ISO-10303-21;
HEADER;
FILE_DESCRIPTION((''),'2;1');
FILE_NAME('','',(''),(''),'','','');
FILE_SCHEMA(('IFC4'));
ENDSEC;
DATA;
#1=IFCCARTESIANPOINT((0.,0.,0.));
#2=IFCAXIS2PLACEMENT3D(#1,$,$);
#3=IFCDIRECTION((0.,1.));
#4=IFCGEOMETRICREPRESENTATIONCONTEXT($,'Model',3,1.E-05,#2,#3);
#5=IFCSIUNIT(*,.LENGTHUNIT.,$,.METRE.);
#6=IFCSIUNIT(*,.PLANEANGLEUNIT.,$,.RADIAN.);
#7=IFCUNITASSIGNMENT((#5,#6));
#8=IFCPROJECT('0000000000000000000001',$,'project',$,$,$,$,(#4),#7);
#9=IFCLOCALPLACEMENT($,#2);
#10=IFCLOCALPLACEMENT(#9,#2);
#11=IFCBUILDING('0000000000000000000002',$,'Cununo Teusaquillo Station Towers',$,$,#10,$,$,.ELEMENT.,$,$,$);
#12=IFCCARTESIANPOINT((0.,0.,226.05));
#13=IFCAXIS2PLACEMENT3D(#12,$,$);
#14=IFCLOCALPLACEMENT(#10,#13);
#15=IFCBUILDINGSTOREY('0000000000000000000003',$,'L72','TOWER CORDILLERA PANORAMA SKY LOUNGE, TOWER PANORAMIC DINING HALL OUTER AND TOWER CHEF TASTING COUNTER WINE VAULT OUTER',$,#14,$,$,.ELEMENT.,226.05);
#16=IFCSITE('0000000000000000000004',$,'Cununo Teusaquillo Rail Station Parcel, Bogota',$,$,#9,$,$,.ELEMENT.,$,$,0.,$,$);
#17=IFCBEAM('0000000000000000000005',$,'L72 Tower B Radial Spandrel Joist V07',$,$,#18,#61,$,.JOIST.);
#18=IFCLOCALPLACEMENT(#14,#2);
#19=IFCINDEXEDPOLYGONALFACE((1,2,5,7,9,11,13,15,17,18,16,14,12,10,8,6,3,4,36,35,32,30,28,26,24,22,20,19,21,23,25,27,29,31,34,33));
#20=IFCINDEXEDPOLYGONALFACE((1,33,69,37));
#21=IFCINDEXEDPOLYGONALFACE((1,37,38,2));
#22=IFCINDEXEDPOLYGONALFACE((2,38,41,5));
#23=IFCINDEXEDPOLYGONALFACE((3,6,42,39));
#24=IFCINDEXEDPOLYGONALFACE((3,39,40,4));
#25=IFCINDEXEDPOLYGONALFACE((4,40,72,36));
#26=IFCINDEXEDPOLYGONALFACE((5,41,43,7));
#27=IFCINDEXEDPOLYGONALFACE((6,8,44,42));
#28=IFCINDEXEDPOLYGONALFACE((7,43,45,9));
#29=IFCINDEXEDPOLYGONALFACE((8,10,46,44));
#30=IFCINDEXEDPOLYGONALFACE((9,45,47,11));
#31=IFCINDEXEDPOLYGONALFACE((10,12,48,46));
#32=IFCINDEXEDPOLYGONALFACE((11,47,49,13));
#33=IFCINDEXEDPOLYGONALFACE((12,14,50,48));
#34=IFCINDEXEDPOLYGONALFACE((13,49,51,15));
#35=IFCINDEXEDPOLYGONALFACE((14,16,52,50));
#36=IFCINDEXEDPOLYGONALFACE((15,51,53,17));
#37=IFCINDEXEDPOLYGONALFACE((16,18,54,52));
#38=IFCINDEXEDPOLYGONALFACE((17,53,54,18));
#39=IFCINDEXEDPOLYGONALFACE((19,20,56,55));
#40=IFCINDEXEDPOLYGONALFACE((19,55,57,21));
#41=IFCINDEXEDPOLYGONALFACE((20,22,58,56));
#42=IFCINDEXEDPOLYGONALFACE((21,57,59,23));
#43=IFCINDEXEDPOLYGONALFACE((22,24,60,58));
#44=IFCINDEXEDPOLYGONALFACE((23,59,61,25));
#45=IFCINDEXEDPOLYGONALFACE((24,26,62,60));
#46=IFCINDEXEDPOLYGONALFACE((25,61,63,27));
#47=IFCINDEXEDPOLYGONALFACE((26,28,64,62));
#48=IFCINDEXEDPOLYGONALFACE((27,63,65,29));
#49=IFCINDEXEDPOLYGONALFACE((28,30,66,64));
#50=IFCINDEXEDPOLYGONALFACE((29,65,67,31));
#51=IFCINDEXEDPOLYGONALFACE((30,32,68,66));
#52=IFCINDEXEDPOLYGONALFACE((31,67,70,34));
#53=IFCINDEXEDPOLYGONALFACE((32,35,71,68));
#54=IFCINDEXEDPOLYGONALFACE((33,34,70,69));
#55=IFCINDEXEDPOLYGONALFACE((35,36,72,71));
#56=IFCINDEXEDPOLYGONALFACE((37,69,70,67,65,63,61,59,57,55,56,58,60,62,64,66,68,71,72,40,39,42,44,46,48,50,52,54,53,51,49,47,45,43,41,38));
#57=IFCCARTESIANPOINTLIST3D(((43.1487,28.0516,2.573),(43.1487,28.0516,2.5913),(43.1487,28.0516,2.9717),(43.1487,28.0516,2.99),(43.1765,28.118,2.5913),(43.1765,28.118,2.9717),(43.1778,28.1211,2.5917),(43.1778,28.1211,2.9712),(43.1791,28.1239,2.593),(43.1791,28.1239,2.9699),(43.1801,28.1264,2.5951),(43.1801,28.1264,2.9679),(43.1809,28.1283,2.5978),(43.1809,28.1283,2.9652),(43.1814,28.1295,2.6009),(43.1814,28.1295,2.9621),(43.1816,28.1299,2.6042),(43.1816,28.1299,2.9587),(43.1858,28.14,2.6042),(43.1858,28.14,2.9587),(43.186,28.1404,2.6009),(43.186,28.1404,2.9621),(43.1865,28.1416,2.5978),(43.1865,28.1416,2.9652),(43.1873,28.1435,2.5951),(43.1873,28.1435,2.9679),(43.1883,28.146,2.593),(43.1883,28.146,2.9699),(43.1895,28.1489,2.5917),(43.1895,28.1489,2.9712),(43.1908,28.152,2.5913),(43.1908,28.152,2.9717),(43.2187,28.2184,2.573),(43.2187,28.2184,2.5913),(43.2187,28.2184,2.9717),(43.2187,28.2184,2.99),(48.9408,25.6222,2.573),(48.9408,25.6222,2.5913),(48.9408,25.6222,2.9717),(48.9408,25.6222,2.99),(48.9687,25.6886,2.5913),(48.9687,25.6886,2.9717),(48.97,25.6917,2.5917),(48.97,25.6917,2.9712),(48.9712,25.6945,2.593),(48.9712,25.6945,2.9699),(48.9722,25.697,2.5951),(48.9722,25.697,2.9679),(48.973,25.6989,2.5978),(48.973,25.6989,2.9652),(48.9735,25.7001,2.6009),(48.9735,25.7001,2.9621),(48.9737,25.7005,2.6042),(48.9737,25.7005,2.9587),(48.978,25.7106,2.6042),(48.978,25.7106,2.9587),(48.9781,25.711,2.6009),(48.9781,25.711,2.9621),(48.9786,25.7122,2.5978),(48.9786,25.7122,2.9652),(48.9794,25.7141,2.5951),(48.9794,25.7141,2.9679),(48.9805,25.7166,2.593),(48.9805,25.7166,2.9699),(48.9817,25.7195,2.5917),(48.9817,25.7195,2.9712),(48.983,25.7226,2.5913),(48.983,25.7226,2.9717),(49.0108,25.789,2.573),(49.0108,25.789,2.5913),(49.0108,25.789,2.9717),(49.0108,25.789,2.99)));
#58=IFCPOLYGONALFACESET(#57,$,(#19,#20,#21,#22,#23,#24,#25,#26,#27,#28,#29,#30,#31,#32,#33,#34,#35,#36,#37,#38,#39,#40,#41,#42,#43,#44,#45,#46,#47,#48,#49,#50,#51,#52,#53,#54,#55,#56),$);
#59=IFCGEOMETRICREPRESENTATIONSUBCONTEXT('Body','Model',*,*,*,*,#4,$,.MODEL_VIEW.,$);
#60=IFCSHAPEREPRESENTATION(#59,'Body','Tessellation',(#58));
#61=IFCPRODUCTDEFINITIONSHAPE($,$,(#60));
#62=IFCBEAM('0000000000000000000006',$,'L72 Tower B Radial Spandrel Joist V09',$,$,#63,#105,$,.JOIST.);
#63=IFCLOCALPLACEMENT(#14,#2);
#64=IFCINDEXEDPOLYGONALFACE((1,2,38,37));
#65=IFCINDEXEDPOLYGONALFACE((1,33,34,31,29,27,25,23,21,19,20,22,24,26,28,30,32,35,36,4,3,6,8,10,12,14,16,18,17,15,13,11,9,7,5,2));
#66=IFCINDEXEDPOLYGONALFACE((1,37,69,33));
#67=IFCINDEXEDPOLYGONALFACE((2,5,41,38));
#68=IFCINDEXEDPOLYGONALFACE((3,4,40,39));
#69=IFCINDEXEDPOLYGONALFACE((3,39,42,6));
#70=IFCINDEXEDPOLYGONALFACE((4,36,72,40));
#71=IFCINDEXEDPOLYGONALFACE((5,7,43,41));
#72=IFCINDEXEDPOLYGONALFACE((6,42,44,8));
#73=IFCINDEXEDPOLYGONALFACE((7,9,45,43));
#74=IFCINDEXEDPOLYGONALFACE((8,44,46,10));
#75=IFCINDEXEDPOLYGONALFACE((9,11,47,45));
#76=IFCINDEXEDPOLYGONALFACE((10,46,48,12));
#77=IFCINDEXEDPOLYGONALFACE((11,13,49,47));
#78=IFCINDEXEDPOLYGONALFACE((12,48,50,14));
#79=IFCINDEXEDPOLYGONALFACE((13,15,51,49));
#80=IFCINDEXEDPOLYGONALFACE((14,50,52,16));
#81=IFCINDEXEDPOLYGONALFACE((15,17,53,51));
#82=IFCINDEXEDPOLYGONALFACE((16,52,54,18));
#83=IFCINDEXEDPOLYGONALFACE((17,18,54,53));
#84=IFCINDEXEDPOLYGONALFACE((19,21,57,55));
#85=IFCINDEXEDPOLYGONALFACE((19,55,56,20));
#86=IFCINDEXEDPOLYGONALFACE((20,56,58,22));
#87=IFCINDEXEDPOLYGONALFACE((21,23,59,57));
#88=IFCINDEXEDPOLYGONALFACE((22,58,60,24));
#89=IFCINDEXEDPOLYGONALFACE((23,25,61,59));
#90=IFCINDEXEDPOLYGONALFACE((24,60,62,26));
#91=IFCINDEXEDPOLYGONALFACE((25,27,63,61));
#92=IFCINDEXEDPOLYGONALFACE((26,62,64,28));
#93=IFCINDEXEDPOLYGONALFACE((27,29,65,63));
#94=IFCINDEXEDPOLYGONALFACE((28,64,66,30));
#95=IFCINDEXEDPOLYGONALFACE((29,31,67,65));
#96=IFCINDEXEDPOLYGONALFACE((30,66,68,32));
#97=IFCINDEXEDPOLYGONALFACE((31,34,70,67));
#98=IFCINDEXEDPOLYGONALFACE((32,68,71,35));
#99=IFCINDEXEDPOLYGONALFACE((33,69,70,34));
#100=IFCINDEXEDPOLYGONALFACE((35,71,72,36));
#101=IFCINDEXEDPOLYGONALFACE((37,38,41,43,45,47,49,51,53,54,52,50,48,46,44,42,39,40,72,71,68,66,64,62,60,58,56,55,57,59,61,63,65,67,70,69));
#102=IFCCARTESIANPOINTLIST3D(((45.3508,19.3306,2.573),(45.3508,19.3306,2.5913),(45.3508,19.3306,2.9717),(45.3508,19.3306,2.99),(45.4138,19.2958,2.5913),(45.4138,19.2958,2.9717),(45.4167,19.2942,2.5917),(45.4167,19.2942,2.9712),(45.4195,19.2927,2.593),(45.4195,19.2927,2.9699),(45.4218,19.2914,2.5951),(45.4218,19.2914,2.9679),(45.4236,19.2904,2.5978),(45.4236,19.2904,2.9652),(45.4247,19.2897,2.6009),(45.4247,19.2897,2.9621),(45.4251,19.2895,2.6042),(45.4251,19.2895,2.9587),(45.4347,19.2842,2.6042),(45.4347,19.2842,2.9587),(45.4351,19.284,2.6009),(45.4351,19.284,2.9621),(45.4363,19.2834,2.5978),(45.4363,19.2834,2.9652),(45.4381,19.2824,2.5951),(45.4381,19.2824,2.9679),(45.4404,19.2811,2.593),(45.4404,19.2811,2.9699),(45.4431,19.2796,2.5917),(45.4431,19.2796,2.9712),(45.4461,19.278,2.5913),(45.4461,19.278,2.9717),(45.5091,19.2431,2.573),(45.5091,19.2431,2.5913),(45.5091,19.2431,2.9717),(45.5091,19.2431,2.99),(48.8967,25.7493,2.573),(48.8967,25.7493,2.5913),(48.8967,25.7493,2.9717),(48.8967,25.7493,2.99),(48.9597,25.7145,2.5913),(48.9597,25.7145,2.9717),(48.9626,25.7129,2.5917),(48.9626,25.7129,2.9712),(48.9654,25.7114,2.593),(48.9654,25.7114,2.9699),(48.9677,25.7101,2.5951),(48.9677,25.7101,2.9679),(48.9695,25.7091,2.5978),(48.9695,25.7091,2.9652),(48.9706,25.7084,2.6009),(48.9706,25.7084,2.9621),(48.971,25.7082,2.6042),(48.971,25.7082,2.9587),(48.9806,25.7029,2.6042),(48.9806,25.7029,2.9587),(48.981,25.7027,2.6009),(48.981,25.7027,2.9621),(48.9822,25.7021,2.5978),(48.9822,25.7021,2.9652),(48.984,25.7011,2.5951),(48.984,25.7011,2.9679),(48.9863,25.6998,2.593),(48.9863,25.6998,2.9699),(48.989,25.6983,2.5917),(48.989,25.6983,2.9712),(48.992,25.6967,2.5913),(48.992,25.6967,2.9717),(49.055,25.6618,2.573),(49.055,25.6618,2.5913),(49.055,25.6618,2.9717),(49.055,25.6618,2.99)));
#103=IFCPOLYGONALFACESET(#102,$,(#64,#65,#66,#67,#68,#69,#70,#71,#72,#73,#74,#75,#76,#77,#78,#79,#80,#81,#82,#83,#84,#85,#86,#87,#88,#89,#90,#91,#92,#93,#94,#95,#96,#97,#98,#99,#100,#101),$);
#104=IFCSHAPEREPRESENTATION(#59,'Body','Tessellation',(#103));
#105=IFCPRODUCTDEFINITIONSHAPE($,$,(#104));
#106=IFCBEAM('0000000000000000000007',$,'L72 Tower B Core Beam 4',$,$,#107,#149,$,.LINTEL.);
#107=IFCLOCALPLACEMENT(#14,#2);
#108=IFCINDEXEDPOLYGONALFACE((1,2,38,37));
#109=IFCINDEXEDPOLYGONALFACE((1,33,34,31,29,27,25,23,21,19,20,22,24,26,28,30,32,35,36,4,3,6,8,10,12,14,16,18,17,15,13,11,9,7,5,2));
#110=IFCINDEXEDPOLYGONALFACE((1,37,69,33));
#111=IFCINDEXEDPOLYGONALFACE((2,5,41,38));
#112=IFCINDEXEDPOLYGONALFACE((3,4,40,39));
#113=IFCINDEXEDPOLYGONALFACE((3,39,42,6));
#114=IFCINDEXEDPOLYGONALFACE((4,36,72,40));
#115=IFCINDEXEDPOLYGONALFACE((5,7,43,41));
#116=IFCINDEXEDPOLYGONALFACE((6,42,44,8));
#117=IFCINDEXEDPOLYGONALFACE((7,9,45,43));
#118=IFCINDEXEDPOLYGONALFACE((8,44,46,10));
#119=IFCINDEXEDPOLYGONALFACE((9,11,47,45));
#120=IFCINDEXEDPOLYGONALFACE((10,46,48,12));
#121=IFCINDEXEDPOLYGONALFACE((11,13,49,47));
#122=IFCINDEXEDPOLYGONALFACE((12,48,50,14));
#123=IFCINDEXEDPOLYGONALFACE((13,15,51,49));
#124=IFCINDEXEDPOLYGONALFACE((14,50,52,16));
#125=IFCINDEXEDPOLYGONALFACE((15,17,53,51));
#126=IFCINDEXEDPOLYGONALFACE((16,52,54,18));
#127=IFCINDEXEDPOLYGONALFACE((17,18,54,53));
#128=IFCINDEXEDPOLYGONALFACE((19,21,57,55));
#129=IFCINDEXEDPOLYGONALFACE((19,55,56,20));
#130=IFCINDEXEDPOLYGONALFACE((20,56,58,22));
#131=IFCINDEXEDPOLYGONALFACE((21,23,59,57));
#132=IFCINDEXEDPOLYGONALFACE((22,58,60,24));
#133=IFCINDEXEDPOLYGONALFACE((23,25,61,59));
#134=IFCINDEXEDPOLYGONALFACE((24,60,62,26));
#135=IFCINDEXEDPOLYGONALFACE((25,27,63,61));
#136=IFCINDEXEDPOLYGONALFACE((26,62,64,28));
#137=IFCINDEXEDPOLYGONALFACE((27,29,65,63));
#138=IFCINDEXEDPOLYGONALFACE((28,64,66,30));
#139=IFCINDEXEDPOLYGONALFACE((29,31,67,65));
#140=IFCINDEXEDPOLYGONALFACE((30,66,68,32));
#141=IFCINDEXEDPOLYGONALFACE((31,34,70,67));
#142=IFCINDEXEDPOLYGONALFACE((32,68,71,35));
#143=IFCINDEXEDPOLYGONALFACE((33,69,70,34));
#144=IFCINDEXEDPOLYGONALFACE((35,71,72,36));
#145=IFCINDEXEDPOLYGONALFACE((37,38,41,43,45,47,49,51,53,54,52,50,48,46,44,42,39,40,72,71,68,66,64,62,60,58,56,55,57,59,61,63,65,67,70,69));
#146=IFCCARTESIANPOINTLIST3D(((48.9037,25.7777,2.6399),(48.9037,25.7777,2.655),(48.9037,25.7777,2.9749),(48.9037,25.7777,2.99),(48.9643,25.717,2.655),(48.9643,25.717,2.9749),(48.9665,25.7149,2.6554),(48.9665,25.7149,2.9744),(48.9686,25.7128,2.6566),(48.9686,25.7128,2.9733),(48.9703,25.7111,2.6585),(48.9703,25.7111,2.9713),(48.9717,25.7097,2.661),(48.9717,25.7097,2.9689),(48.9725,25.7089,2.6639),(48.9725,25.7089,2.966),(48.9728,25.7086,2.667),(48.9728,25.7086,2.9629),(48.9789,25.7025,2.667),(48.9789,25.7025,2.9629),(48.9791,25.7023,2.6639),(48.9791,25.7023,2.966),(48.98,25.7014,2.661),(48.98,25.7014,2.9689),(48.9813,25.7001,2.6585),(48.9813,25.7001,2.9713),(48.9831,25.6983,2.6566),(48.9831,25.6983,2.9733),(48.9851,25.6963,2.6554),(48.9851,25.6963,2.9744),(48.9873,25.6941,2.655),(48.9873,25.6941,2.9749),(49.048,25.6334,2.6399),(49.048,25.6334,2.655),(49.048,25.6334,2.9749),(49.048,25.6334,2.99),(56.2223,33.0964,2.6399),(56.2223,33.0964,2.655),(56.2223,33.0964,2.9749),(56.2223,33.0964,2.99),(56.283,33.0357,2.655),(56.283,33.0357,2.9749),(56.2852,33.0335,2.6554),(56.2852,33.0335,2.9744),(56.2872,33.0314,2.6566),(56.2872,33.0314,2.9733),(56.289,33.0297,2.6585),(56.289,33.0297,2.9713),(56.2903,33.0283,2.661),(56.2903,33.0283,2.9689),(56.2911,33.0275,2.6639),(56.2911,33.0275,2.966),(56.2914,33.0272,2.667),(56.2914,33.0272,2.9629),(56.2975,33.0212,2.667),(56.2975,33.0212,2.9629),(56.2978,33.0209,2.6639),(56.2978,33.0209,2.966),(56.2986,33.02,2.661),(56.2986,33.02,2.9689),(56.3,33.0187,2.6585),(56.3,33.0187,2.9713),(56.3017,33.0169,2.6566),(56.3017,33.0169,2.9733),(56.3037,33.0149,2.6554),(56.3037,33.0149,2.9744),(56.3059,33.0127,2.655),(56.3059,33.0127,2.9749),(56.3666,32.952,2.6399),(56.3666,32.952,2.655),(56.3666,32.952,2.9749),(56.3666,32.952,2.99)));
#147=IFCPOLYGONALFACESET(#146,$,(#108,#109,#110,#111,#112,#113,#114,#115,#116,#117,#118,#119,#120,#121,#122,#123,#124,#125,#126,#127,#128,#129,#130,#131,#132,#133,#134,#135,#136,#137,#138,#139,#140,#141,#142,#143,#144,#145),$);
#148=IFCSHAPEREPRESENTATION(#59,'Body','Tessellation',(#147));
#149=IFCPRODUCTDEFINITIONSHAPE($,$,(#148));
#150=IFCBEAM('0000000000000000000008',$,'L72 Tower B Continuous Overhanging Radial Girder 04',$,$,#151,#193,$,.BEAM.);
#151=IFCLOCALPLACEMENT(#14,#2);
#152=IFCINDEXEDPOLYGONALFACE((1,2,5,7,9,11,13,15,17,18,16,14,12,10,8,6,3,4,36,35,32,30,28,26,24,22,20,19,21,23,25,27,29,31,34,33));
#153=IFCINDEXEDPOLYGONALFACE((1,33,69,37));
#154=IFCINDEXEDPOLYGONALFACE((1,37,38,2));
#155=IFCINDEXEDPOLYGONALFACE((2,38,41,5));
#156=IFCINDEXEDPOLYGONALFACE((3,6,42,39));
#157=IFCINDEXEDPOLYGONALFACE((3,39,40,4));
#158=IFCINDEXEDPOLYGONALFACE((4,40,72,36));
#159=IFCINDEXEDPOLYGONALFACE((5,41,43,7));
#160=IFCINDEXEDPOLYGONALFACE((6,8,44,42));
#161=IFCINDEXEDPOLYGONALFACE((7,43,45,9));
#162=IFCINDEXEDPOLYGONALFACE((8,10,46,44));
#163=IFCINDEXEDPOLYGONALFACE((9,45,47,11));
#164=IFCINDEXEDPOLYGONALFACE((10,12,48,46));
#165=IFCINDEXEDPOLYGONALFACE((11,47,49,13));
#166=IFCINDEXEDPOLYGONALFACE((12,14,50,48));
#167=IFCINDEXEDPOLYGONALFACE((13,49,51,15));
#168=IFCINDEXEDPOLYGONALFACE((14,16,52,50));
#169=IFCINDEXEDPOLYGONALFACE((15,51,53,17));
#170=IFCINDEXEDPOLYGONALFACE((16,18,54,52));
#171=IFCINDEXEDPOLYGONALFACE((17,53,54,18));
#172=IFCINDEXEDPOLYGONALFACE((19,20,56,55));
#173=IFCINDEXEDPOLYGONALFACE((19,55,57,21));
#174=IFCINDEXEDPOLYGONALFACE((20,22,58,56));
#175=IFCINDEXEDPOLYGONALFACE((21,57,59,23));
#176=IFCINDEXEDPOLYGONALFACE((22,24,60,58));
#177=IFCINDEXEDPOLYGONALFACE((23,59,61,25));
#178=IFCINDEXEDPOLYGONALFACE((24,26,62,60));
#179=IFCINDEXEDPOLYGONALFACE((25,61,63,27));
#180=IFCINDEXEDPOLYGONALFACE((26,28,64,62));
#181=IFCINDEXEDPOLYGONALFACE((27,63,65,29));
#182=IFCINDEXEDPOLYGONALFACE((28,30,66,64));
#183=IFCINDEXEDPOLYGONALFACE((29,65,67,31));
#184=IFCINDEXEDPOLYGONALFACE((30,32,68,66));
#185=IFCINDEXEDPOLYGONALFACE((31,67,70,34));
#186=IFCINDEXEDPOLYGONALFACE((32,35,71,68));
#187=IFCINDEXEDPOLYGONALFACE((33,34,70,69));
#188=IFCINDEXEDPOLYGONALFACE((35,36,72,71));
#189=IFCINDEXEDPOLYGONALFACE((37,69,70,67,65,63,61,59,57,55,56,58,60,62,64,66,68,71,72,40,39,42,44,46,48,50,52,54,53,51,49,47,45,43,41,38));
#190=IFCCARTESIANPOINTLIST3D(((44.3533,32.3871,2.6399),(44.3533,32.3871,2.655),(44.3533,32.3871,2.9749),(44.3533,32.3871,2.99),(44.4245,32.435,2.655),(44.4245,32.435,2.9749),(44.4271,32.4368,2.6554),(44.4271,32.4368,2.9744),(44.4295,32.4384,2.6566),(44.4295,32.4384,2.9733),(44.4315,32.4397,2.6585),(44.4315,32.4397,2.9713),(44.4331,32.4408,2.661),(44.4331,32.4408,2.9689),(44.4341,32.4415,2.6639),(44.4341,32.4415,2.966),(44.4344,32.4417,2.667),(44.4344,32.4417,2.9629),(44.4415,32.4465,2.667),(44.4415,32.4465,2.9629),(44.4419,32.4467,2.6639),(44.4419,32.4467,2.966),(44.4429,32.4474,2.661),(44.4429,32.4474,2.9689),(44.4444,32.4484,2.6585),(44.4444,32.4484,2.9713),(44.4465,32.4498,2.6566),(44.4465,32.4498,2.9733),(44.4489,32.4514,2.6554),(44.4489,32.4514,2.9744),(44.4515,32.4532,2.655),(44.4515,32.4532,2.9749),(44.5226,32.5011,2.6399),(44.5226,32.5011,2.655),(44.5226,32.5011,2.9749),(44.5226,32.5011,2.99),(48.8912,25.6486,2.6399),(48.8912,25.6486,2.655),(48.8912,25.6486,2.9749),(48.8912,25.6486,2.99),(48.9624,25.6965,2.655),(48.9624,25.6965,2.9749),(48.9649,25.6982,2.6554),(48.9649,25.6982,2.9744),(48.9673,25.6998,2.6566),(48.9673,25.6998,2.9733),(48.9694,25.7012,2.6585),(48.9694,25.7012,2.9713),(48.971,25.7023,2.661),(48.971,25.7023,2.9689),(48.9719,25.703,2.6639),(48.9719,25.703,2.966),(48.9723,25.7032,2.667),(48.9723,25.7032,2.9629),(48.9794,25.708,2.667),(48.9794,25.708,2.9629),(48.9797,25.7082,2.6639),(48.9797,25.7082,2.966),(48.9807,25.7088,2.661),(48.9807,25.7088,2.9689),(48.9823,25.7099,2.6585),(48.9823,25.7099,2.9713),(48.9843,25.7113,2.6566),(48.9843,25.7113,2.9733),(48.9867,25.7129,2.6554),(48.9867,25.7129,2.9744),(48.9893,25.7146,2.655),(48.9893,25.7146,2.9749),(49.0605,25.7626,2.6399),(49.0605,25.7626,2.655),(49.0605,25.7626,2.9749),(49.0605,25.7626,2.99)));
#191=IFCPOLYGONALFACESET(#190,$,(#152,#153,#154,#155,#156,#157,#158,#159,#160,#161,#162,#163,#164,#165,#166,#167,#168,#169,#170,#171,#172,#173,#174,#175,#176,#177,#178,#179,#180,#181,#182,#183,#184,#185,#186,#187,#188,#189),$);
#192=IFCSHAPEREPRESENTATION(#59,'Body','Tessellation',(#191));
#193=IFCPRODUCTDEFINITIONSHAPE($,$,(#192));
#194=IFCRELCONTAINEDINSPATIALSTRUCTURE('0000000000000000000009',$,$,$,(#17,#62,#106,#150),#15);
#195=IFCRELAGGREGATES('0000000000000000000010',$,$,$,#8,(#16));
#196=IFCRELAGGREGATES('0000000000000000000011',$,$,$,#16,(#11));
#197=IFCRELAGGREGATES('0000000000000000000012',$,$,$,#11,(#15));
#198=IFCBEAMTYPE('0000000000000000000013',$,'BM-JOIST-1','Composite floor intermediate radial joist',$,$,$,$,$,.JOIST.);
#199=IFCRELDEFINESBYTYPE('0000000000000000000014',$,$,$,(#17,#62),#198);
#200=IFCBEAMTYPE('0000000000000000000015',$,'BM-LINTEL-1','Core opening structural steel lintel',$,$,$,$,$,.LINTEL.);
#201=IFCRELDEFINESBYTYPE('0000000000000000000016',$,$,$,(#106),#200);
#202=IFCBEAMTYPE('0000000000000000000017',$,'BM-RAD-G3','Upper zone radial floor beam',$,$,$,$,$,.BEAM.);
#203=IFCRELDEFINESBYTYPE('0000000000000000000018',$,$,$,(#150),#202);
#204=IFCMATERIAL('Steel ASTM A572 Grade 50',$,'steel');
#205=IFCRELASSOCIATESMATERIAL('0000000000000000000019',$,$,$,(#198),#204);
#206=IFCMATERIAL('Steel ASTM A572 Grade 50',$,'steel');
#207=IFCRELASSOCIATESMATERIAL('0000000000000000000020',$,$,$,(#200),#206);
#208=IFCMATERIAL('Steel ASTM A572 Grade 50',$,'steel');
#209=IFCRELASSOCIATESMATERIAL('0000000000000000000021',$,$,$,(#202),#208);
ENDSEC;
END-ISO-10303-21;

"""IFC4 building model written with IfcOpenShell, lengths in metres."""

from ifc_helpers import new_model, si_unit, direction, frame, origin, origin_2d, place, context, subcontext, project, spatial, i_section, extrude, material, material_profile, profile_set, type_object, element, save


model = new_model("IFC4")

# Units and contexts
model_context = context("Model", 3, precision=1e-05, world=origin(), true_north=direction((0.0, 1.0)))
body_context = subcontext(model_context, "Body", "Model", "MODEL_VIEW")
ifc_project = project(units=[si_unit("LENGTHUNIT", "METRE"), si_unit("PLANEANGLEUNIT", "RADIAN")], contexts=[model_context])

# Site, building, storey
site_placement = place(None, origin())
site = spatial("IfcSite", under=ifc_project, at=site_placement, Name="Cununo Teusaquillo Rail Station Parcel, Bogota", CompositionType="ELEMENT", RefElevation=0.0)
building_placement = place(site_placement, origin())
building = spatial("IfcBuilding", under=site, at=building_placement, Name="Cununo Teusaquillo Station Towers", CompositionType="ELEMENT")
storey_placement = place(building_placement, frame((0.0, 0.0, 226.05)))
storey = spatial("IfcBuildingStorey", under=building, at=storey_placement, Name="L72", Description="TOWER CORDILLERA PANORAMA SKY LOUNGE, TOWER PANORAMIC DINING HALL OUTER AND TOWER CHEF TASTING COUNTER WINE VAULT OUTER", CompositionType="ELEMENT", Elevation=226.05)

# Beams
ifc_material_1 = material(Name="Steel ASTM A572 Grade 50", Category="steel")
ifc_material_profile_1 = material_profile(ifc_material_1, i_section(OverallWidth=0.1809, OverallDepth=0.417, WebThickness=0.011, FlangeThickness=0.0183, FilletRadius=0.0129, at=origin_2d()), Name="W16X57")
ifc_profile_set_1 = profile_set([ifc_material_profile_1], Name="Steel ASTM A572 Grade 50")
beam_type_1 = type_object("IfcBeamType", Name="BM-JOIST-1", Description="Composite floor intermediate radial joist", PredefinedType="JOIST", material=ifc_profile_set_1)
beam_1_placement = place(storey_placement, frame((48.9758, 25.7056, 2.7815), z_axis=(-0.922169, 0.386786, 0.0), x_axis=(-0.386786, -0.922169, 0.0)))
element("IfcBeam", 1, at=beam_1_placement, inside=storey, type_object=beam_type_1, Name="L72 Tower B Radial Spandrel Joist V07", PredefinedType="JOIST", context=body_context, shape_type="SweptSolid", body=[
    extrude(i_section(OverallWidth=0.1809, OverallDepth=0.417, WebThickness=0.011, FlangeThickness=0.0183, FilletRadius=0.0129, at=origin_2d()), origin(), (0.0, 0.0, 1.0), 6.281),
])
beam_2_placement = place(storey_placement, frame((48.9758, 25.7056, 2.7815), z_axis=(-0.483553, -0.875315, 0.0), x_axis=(0.875315, -0.483553, 0.0)))
element("IfcBeam", 2, at=beam_2_placement, inside=storey, type_object=beam_type_1, Name="L72 Tower B Radial Spandrel Joist V09", PredefinedType="JOIST", context=body_context, shape_type="SweptSolid", body=[
    extrude(i_section(OverallWidth=0.1809, OverallDepth=0.417, WebThickness=0.011, FlangeThickness=0.0183, FilletRadius=0.0129, at=origin_2d()), origin(), (0.0, 0.0, 1.0), 7.333),
])
ifc_material_2 = material(Name="Steel ASTM A572 Grade 50", Category="steel")
ifc_material_profile_2 = material_profile(ifc_material_2, i_section(OverallWidth=0.2041, OverallDepth=0.3501, WebThickness=0.0085, FlangeThickness=0.0151, FilletRadius=0.012, at=origin_2d()), Name="W14X48")
ifc_profile_set_2 = profile_set([ifc_material_profile_2], Name="Steel ASTM A572 Grade 50")
beam_type_2 = type_object("IfcBeamType", Name="BM-LINTEL-1", Description="Core opening structural steel lintel", PredefinedType="LINTEL", material=ifc_profile_set_2)
beam_3_placement = place(storey_placement, frame((48.9758, 25.7056, 2.8149), z_axis=(0.707107, 0.707107, 0.0), x_axis=(-0.707107, 0.707107, 0.0)))
element("IfcBeam", 3, at=beam_3_placement, inside=storey, type_object=beam_type_2, Name="L72 Tower B Core Beam 4", PredefinedType="LINTEL", context=body_context, shape_type="SweptSolid", body=[
    extrude(i_section(OverallWidth=0.2041, OverallDepth=0.3501, WebThickness=0.0085, FlangeThickness=0.0151, FilletRadius=0.012, at=origin_2d()), origin(), (0.0, 0.0, 1.0), 10.3501),
])
ifc_material_3 = material(Name="Steel ASTM A572 Grade 50", Category="steel")
ifc_material_profile_3 = material_profile(ifc_material_3, i_section(OverallWidth=0.2041, OverallDepth=0.3501, WebThickness=0.0085, FlangeThickness=0.0151, FilletRadius=0.012, at=origin_2d()), Name="W14X48")
ifc_profile_set_3 = profile_set([ifc_material_profile_3], Name="Steel ASTM A572 Grade 50")
beam_type_3 = type_object("IfcBeamType", Name="BM-RAD-G3", Description="Upper zone radial floor beam", PredefinedType="BEAM", material=ifc_profile_set_3)
beam_4_placement = place(storey_placement, frame((48.9758, 25.7056, 2.8149), z_axis=(-0.558571, 0.829457, 0.0), x_axis=(-0.829457, -0.558571, 0.0)))
element("IfcBeam", 4, at=beam_4_placement, inside=storey, type_object=beam_type_3, Name="L72 Tower B Continuous Overhanging Radial Girder 04", PredefinedType="BEAM", context=body_context, shape_type="SweptSolid", body=[
    extrude(i_section(OverallWidth=0.2041, OverallDepth=0.3501, WebThickness=0.0085, FlangeThickness=0.0151, FilletRadius=0.012, at=origin_2d()), origin(), (0.0, 0.0, 1.0), 8.124),
])

save(model, "model.ifc")
